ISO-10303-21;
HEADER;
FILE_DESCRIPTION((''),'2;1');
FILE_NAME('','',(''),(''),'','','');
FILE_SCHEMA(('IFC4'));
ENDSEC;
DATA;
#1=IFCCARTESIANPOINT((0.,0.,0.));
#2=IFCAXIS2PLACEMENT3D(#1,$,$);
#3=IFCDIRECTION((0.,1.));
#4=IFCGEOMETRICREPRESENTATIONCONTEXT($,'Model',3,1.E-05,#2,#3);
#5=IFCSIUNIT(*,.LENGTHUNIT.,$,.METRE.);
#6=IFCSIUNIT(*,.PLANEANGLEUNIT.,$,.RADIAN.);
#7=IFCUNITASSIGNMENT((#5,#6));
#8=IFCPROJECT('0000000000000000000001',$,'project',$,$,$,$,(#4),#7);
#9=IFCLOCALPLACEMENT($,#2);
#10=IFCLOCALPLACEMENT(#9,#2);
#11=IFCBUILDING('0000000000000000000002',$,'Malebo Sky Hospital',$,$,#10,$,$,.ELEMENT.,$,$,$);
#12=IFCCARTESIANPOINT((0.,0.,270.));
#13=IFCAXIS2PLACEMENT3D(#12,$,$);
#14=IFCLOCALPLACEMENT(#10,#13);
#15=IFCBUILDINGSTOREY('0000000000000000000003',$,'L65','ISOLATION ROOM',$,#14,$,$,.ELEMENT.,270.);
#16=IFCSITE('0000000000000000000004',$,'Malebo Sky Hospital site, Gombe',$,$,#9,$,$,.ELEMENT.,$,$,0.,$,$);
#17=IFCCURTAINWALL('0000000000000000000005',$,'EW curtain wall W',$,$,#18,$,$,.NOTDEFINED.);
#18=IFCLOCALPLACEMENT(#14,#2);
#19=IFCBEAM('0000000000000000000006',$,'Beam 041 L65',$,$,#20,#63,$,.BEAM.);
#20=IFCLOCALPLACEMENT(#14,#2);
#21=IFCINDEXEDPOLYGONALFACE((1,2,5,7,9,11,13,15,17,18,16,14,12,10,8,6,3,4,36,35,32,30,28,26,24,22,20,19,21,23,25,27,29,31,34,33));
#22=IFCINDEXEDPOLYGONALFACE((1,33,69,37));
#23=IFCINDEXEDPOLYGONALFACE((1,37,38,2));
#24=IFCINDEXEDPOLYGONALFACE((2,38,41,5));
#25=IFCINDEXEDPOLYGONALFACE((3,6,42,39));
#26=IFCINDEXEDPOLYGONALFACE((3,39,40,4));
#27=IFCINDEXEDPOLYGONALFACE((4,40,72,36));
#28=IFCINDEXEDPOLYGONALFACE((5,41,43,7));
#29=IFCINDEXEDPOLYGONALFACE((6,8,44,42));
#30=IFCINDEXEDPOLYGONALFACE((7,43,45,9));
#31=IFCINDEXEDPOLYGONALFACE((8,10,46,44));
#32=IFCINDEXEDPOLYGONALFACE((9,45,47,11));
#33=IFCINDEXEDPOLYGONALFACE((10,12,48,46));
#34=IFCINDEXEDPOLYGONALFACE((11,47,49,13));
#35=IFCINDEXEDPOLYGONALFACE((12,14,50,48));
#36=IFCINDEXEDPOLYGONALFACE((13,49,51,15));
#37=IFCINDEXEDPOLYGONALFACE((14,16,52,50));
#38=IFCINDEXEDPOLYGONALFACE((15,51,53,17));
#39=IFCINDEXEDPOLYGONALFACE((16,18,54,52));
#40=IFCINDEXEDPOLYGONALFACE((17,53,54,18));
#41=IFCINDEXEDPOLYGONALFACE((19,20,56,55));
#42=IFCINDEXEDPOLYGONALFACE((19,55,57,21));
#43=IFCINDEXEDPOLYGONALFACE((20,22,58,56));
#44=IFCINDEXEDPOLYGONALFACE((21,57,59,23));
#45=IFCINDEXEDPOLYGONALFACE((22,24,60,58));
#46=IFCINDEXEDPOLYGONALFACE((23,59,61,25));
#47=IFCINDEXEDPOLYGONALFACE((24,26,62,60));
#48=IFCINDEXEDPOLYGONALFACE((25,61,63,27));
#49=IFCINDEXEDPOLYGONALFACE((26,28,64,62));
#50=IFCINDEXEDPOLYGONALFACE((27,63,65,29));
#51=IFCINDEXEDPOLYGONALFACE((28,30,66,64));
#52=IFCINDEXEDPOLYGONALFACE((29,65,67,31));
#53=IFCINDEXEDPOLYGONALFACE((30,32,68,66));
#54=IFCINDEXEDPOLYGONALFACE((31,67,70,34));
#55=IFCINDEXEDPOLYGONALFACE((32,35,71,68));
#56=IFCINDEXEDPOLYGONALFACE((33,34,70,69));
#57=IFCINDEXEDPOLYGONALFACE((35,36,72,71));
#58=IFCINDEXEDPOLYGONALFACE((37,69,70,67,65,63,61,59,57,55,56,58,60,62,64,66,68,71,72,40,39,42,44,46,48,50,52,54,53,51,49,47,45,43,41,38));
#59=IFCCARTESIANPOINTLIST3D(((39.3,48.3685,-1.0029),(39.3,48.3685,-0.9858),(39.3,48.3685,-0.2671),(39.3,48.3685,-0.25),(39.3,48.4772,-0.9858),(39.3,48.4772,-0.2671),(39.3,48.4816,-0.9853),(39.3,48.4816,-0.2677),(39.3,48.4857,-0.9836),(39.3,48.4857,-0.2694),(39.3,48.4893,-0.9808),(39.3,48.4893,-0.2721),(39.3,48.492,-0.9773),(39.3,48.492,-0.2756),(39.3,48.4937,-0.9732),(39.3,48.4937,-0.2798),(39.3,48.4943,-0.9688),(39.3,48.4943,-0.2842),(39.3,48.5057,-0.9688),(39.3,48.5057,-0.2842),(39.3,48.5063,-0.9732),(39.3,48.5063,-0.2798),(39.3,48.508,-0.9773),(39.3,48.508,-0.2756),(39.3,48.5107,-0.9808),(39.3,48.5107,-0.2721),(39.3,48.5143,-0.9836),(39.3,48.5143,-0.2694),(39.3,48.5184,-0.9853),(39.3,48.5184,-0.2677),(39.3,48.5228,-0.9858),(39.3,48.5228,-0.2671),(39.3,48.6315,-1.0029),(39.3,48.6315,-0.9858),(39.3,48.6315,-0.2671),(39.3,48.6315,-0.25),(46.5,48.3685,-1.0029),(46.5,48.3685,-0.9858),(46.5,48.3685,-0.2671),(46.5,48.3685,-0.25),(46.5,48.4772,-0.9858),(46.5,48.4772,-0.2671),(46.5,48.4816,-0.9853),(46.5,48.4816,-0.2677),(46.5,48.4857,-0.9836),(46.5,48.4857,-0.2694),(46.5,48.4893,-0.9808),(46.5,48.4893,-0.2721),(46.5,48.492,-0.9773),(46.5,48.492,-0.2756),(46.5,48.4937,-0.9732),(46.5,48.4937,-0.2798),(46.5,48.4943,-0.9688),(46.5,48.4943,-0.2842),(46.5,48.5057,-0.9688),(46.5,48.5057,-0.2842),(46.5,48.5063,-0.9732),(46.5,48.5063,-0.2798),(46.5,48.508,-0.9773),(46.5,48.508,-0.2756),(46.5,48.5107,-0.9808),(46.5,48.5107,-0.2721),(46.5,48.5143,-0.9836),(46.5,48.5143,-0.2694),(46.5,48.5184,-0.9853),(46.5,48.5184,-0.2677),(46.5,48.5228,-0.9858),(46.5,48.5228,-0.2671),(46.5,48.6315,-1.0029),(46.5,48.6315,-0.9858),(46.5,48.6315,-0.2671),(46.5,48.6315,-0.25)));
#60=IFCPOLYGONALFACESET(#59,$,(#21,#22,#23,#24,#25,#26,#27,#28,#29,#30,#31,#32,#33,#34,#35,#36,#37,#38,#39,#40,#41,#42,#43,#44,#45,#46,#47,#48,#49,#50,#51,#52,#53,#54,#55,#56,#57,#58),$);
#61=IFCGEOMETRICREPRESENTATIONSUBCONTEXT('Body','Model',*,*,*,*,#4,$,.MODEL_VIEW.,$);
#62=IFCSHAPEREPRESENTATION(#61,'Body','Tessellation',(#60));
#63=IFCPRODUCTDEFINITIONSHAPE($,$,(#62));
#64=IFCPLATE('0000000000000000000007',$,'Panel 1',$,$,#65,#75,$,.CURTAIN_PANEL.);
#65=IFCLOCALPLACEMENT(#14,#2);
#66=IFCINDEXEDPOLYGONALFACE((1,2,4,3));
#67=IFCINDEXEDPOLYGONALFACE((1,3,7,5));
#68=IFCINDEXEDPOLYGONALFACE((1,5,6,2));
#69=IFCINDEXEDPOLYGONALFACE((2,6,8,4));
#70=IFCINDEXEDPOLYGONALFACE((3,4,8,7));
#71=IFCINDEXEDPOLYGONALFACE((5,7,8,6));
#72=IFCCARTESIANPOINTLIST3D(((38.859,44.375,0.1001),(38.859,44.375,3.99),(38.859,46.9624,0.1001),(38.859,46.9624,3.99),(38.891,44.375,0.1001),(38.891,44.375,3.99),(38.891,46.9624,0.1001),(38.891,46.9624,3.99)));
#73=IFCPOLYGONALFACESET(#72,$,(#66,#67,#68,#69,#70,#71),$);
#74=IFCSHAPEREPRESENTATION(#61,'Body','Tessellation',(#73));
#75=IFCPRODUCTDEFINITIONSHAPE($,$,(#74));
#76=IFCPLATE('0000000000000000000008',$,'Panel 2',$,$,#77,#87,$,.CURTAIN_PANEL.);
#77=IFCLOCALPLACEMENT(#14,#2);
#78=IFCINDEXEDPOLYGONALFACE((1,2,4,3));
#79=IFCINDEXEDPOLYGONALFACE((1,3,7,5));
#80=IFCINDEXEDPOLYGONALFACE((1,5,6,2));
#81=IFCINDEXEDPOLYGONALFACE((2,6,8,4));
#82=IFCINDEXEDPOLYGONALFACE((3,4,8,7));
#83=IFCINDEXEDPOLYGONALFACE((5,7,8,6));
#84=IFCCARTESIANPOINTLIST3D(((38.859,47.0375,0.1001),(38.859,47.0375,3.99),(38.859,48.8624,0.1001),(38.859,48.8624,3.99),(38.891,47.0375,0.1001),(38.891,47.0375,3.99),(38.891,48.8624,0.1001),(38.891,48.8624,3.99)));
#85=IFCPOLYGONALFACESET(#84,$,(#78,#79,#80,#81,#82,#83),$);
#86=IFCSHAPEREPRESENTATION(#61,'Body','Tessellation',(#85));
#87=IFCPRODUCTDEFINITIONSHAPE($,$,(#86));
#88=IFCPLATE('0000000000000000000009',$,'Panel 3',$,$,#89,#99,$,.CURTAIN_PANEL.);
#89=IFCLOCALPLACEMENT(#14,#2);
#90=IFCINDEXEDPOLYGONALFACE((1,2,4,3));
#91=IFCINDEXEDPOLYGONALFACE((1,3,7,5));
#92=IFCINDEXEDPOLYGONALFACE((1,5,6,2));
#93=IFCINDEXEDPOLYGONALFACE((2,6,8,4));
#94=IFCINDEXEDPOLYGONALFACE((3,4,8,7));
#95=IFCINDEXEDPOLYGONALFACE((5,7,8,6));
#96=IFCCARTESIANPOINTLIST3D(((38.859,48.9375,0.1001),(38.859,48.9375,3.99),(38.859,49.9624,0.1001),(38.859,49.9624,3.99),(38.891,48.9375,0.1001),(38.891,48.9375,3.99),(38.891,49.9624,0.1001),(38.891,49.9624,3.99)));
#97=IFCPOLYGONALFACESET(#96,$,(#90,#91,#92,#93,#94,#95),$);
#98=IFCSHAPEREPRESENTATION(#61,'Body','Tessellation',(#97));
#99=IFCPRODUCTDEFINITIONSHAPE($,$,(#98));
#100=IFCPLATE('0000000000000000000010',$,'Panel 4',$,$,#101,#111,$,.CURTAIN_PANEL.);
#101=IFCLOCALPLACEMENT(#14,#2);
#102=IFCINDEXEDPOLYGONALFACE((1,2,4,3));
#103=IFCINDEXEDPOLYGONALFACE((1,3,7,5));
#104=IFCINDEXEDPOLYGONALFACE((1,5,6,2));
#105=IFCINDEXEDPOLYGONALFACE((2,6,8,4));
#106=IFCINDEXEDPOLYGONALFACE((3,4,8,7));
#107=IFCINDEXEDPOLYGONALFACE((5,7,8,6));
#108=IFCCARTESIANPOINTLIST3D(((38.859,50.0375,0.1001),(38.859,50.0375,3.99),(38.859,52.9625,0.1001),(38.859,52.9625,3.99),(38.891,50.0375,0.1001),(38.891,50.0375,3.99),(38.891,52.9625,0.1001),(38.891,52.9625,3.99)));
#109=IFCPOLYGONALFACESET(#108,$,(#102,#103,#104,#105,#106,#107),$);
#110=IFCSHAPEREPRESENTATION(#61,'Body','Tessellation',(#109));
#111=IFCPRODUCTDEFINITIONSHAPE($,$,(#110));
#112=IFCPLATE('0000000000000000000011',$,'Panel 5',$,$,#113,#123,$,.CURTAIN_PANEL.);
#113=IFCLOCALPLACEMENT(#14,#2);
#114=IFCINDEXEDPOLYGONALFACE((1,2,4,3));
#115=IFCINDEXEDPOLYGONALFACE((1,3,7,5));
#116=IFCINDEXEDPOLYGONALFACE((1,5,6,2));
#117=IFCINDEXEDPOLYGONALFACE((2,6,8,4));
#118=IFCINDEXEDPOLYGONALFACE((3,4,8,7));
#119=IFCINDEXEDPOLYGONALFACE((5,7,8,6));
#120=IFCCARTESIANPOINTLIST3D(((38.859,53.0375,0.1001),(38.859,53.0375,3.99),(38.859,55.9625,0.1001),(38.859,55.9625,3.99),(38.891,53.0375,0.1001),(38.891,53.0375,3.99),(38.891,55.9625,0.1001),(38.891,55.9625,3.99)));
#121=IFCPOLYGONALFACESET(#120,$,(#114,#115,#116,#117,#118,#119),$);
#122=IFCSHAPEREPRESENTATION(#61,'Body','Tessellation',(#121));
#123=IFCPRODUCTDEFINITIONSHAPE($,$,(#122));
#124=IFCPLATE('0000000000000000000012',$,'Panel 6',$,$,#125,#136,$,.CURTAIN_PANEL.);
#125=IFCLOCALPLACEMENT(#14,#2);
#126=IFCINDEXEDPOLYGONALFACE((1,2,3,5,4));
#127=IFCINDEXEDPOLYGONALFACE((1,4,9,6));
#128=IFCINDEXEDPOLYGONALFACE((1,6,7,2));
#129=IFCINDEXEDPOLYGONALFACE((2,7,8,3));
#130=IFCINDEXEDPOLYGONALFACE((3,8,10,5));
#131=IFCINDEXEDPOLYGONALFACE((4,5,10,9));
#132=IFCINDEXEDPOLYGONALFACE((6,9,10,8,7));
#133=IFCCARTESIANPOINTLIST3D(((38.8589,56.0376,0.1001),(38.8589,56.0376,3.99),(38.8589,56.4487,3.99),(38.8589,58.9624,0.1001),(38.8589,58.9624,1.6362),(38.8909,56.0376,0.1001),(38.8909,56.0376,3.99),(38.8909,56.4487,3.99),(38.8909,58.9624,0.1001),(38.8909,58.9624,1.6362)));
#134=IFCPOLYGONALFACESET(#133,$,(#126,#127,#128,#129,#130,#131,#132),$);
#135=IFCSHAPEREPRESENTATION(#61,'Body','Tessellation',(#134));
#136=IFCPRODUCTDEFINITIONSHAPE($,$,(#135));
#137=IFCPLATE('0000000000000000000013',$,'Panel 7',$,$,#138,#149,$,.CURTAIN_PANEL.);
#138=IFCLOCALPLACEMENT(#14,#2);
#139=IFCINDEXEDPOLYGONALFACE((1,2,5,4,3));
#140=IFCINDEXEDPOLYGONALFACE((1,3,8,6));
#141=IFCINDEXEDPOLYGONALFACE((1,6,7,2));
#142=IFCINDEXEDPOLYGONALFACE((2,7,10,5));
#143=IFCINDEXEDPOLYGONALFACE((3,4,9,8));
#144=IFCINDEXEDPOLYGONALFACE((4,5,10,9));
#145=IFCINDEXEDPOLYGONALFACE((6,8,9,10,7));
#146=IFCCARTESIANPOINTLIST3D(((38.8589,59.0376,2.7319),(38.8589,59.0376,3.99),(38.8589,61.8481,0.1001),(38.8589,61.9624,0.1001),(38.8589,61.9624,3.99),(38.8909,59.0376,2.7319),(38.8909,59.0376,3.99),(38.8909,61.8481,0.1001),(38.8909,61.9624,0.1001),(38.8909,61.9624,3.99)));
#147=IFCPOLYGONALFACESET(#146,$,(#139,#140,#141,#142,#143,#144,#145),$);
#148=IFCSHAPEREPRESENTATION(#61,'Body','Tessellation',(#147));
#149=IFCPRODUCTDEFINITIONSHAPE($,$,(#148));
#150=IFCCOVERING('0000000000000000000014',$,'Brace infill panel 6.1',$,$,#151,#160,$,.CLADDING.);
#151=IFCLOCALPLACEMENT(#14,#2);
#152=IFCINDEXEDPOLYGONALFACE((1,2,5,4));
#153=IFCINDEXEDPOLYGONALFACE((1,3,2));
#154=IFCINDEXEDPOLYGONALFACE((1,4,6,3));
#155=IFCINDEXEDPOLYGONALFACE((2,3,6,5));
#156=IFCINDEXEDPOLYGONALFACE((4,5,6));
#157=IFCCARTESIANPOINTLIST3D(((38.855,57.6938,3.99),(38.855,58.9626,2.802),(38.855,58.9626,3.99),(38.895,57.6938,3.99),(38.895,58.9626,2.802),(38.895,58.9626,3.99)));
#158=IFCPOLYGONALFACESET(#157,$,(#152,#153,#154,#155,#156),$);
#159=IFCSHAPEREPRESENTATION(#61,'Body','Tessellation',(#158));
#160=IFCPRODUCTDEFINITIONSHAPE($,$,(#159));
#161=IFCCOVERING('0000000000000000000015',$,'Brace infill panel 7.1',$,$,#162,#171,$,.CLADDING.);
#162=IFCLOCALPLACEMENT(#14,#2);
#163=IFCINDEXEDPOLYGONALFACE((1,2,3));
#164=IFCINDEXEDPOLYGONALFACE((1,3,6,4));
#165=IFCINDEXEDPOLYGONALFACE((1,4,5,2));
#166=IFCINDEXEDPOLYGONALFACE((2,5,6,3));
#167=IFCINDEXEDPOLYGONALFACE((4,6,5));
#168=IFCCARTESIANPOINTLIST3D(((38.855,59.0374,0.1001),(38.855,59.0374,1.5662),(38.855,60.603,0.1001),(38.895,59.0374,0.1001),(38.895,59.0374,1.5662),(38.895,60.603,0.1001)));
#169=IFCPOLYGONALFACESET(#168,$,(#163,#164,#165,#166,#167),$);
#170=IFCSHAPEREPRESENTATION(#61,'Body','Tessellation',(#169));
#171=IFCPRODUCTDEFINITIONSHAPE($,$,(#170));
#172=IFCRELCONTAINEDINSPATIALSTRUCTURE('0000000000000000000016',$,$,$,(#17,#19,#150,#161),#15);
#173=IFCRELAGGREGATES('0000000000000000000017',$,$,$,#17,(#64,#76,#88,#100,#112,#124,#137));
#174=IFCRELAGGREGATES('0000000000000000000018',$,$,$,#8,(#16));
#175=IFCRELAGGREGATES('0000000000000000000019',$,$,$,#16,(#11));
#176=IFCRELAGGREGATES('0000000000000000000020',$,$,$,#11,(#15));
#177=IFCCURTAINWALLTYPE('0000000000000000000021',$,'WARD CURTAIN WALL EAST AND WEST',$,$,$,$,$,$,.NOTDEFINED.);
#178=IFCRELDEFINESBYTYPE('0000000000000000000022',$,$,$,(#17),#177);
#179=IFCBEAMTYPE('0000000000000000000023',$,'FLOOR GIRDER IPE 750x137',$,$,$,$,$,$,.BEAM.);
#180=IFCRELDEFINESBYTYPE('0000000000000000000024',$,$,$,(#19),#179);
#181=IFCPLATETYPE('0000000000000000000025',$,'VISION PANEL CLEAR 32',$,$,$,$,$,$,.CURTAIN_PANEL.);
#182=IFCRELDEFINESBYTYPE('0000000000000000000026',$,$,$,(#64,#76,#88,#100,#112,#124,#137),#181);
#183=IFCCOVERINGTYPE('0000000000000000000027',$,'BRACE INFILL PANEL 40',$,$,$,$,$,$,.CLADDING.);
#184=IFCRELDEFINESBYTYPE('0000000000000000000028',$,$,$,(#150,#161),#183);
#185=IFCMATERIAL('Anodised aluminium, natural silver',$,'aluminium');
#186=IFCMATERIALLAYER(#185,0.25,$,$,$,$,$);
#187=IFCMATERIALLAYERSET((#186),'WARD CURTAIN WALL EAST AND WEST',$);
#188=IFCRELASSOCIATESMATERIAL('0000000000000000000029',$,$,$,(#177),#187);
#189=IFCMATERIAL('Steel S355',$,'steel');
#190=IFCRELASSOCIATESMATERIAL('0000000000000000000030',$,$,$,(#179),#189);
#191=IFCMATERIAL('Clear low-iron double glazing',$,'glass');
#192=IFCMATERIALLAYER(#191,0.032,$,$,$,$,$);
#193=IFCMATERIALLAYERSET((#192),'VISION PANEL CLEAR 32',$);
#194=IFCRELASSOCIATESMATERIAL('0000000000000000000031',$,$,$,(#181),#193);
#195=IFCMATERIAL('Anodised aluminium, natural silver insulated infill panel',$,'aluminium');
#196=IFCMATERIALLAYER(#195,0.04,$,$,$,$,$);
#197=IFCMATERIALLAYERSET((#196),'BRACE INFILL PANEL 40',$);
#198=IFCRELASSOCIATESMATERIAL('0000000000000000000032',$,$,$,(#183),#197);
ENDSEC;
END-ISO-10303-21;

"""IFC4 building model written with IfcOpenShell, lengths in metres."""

from ifc_helpers import new_model, si_unit, direction, frame, origin, origin_2d, place, context, subcontext, project, spatial, polyline, rectangle, i_section, outline, extrude, material, layer, layer_set, material_profile, profile_set, type_object, element, aggregate, save


model = new_model("IFC4")

# Units and contexts
model_context = context("Model", 3, precision=1e-05, world=origin(), true_north=direction((0.0, 1.0)))
body_context = subcontext(model_context, "Body", "Model", "MODEL_VIEW")
ifc_project = project(units=[si_unit("LENGTHUNIT", "METRE"), si_unit("PLANEANGLEUNIT", "RADIAN")], contexts=[model_context])

# Site, building, storey
site_placement = place(None, origin())
site = spatial("IfcSite", under=ifc_project, at=site_placement, Name="Malebo Sky Hospital site, Gombe", CompositionType="ELEMENT", RefElevation=0.0)
building_placement = place(site_placement, origin())
building = spatial("IfcBuilding", under=site, at=building_placement, Name="Malebo Sky Hospital", CompositionType="ELEMENT")
storey_placement = place(building_placement, frame((0.0, 0.0, 270.0)))
storey = spatial("IfcBuildingStorey", under=building, at=storey_placement, Name="L65", Description="ISOLATION ROOM", CompositionType="ELEMENT", Elevation=270.0)

# Curtain wall
ifc_material_1 = material(Name="Anodised aluminium, natural silver", Category="aluminium")
ifc_layer_1 = layer(ifc_material_1, 0.25)
ifc_layer_set_1 = layer_set([ifc_layer_1], Name="WARD CURTAIN WALL EAST AND WEST")
curtain_wall_type = type_object("IfcCurtainWallType", Name="WARD CURTAIN WALL EAST AND WEST", PredefinedType="NOTDEFINED", material=ifc_layer_set_1)
curtain_wall_placement = place(storey_placement, origin())
curtain_wall = element("IfcCurtainWall", 1, at=curtain_wall_placement, inside=storey, type_object=curtain_wall_type, Name="EW curtain wall W", PredefinedType="NOTDEFINED")

# Shared definitions
ifc_material_2 = material(Name="Steel S355", Category="steel")

# Beam
ifc_material_profile_1 = material_profile(ifc_material_2, i_section(OverallWidth=0.2629, OverallDepth=0.7529, WebThickness=0.0115, FlangeThickness=0.0171, FilletRadius=0.0171, at=origin_2d()), Name="IPE 750x137")
ifc_profile_set_1 = profile_set([ifc_material_profile_1], Name="Steel S355")
beam_type_1 = type_object("IfcBeamType", Name="FLOOR GIRDER IPE 750x137", PredefinedType="BEAM", material=ifc_profile_set_1)
beam_1_placement = place(storey_placement, frame((39.3, 48.5, -0.6265), z_axis=(1.0, 0.0, 0.0), x_axis=(0.0, 1.0, 0.0)))
element("IfcBeam", 2, at=beam_1_placement, inside=storey, type_object=beam_type_1, Name="Beam 041 L65", PredefinedType="BEAM", context=body_context, shape_type="SweptSolid", body=[
    extrude(i_section(OverallWidth=0.2629, OverallDepth=0.7529, WebThickness=0.0115, FlangeThickness=0.0171, FilletRadius=0.0171, at=origin_2d()), origin(), (0.0, 0.0, 1.0), 7.2),
])

# Plates
ifc_material_3 = material(Name="Clear low-iron double glazing", Category="glass")
ifc_layer_2 = layer(ifc_material_3, 0.032)
ifc_layer_set_2 = layer_set([ifc_layer_2], Name="VISION PANEL CLEAR 32")
plate_type = type_object("IfcPlateType", Name="VISION PANEL CLEAR 32", PredefinedType="CURTAIN_PANEL", material=ifc_layer_set_2)
plate_1_placement = place(storey_placement, frame((38.875, 45.6687, 0.1001), z_axis=(0.0, 0.0, 1.0), x_axis=(0.0, 1.0, 0.0)))
plate_1 = element("IfcPlate", 3, at=plate_1_placement, type_object=plate_type, Name="Panel 1", PredefinedType="CURTAIN_PANEL", context=body_context, shape_type="SweptSolid", body=[
    extrude(rectangle(XDim=2.5874, YDim=0.032, at=origin_2d()), origin(), (0.0, 0.0, 1.0), 3.8899),
])
plate_2_placement = place(storey_placement, frame((38.875, 47.95, 0.1001), z_axis=(0.0, 0.0, 1.0), x_axis=(0.0, 1.0, 0.0)))
plate_2 = element("IfcPlate", 4, at=plate_2_placement, type_object=plate_type, Name="Panel 2", PredefinedType="CURTAIN_PANEL", context=body_context, shape_type="SweptSolid", body=[
    extrude(rectangle(XDim=1.825, YDim=0.032, at=origin_2d()), origin(), (0.0, 0.0, 1.0), 3.8899),
])
plate_3_placement = place(storey_placement, frame((38.875, 49.45, 0.1001), z_axis=(0.0, 0.0, 1.0), x_axis=(0.0, 1.0, 0.0)))
plate_3 = element("IfcPlate", 5, at=plate_3_placement, type_object=plate_type, Name="Panel 3", PredefinedType="CURTAIN_PANEL", context=body_context, shape_type="SweptSolid", body=[
    extrude(rectangle(XDim=1.0249, YDim=0.032, at=origin_2d()), origin(), (0.0, 0.0, 1.0), 3.8899),
])
plate_4_placement = place(storey_placement, frame((38.875, 51.5, 0.1001), z_axis=(0.0, 0.0, 1.0), x_axis=(0.0, 1.0, 0.0)))
plate_4 = element("IfcPlate", 6, at=plate_4_placement, type_object=plate_type, Name="Panel 4", PredefinedType="CURTAIN_PANEL", context=body_context, shape_type="SweptSolid", body=[
    extrude(rectangle(XDim=2.925, YDim=0.032, at=origin_2d()), origin(), (0.0, 0.0, 1.0), 3.8899),
])
plate_5_placement = place(storey_placement, frame((38.875, 54.5, 0.1001), z_axis=(0.0, 0.0, 1.0), x_axis=(0.0, 1.0, 0.0)))
plate_5 = element("IfcPlate", 7, at=plate_5_placement, type_object=plate_type, Name="Panel 5", PredefinedType="CURTAIN_PANEL", context=body_context, shape_type="SweptSolid", body=[
    extrude(rectangle(XDim=2.925, YDim=0.032, at=origin_2d()), origin(), (0.0, 0.0, 1.0), 3.8899),
])
plate_6_placement = place(storey_placement, frame((38.875, 57.5, 0.1001), z_axis=(0.0, 0.0, 1.0), x_axis=(0.0, 1.0, 0.0)))
plate_6 = element("IfcPlate", 8, at=plate_6_placement, type_object=plate_type, Name="Panel 6", PredefinedType="CURTAIN_PANEL", context=body_context, shape_type="SweptSolid", body=[
    extrude(outline(polyline([(-1.4624, 0.0), (1.4624, 0.0), (1.4624, 1.5361), (-1.0513, 3.8899), (-1.4624, 3.8899), (-1.4624, 0.0)])), frame((0.0, 0.0161, 0.0), z_axis=(0.0, -1.0, 0.0), x_axis=(1.0, 0.0, 0.0)), (0.0, 0.0, 1.0), 0.032),
])
plate_7_placement = place(storey_placement, frame((38.875, 60.5, 0.1001), z_axis=(0.0, 0.0, 1.0), x_axis=(0.0, 1.0, 0.0)))
plate_7 = element("IfcPlate", 9, at=plate_7_placement, type_object=plate_type, Name="Panel 7", PredefinedType="CURTAIN_PANEL", context=body_context, shape_type="SweptSolid", body=[
    extrude(outline(polyline([(1.3481, 0.0), (1.4624, 0.0), (1.4624, 3.8899), (-1.4624, 3.8899), (-1.4624, 2.6318), (1.3481, 0.0)])), frame((0.0, 0.0161, 0.0), z_axis=(0.0, -1.0, 0.0), x_axis=(1.0, 0.0, 0.0)), (0.0, 0.0, 1.0), 0.032),
])
aggregate(curtain_wall, [plate_1, plate_2, plate_3, plate_4, plate_5, plate_6, plate_7])

# Coverings
ifc_material_4 = material(Name="Anodised aluminium, natural silver insulated infill panel", Category="aluminium")
ifc_layer_3 = layer(ifc_material_4, 0.04)
ifc_layer_set_3 = layer_set([ifc_layer_3], Name="BRACE INFILL PANEL 40")
covering_type = type_object("IfcCoveringType", Name="BRACE INFILL PANEL 40", PredefinedType="CLADDING", material=ifc_layer_set_3)
covering_1_placement = place(storey_placement, frame((38.875, 58.3281, 2.802), z_axis=(0.0, 0.0, 1.0), x_axis=(0.0, 1.0, 0.0)))
element("IfcCovering", 10, at=covering_1_placement, inside=storey, type_object=covering_type, Name="Brace infill panel 6.1", PredefinedType="CLADDING", context=body_context, shape_type="SweptSolid", body=[
    extrude(outline(polyline([(0.6345, 0.0), (0.6345, 1.188), (-0.6343, 1.188), (0.6345, 0.0)])), frame((0.0, 0.02, 0.0), z_axis=(0.0, -1.0, 0.0), x_axis=(1.0, 0.0, 0.0)), (0.0, 0.0, 1.0), 0.04),
])
covering_2_placement = place(storey_placement, frame((38.875, 59.8203, 0.1001), z_axis=(0.0, 0.0, 1.0), x_axis=(0.0, 1.0, 0.0)))
element("IfcCovering", 11, at=covering_2_placement, inside=storey, type_object=covering_type, Name="Brace infill panel 7.1", PredefinedType="CLADDING", context=body_context, shape_type="SweptSolid", body=[
    extrude(outline(polyline([(-0.783, 0.0), (0.7827, 0.0), (-0.783, 1.4661), (-0.783, 0.0)])), frame((0.0, 0.02, 0.0), z_axis=(0.0, -1.0, 0.0), x_axis=(1.0, 0.0, 0.0)), (0.0, 0.0, 1.0), 0.04),
])

save(model, "model.ifc")
